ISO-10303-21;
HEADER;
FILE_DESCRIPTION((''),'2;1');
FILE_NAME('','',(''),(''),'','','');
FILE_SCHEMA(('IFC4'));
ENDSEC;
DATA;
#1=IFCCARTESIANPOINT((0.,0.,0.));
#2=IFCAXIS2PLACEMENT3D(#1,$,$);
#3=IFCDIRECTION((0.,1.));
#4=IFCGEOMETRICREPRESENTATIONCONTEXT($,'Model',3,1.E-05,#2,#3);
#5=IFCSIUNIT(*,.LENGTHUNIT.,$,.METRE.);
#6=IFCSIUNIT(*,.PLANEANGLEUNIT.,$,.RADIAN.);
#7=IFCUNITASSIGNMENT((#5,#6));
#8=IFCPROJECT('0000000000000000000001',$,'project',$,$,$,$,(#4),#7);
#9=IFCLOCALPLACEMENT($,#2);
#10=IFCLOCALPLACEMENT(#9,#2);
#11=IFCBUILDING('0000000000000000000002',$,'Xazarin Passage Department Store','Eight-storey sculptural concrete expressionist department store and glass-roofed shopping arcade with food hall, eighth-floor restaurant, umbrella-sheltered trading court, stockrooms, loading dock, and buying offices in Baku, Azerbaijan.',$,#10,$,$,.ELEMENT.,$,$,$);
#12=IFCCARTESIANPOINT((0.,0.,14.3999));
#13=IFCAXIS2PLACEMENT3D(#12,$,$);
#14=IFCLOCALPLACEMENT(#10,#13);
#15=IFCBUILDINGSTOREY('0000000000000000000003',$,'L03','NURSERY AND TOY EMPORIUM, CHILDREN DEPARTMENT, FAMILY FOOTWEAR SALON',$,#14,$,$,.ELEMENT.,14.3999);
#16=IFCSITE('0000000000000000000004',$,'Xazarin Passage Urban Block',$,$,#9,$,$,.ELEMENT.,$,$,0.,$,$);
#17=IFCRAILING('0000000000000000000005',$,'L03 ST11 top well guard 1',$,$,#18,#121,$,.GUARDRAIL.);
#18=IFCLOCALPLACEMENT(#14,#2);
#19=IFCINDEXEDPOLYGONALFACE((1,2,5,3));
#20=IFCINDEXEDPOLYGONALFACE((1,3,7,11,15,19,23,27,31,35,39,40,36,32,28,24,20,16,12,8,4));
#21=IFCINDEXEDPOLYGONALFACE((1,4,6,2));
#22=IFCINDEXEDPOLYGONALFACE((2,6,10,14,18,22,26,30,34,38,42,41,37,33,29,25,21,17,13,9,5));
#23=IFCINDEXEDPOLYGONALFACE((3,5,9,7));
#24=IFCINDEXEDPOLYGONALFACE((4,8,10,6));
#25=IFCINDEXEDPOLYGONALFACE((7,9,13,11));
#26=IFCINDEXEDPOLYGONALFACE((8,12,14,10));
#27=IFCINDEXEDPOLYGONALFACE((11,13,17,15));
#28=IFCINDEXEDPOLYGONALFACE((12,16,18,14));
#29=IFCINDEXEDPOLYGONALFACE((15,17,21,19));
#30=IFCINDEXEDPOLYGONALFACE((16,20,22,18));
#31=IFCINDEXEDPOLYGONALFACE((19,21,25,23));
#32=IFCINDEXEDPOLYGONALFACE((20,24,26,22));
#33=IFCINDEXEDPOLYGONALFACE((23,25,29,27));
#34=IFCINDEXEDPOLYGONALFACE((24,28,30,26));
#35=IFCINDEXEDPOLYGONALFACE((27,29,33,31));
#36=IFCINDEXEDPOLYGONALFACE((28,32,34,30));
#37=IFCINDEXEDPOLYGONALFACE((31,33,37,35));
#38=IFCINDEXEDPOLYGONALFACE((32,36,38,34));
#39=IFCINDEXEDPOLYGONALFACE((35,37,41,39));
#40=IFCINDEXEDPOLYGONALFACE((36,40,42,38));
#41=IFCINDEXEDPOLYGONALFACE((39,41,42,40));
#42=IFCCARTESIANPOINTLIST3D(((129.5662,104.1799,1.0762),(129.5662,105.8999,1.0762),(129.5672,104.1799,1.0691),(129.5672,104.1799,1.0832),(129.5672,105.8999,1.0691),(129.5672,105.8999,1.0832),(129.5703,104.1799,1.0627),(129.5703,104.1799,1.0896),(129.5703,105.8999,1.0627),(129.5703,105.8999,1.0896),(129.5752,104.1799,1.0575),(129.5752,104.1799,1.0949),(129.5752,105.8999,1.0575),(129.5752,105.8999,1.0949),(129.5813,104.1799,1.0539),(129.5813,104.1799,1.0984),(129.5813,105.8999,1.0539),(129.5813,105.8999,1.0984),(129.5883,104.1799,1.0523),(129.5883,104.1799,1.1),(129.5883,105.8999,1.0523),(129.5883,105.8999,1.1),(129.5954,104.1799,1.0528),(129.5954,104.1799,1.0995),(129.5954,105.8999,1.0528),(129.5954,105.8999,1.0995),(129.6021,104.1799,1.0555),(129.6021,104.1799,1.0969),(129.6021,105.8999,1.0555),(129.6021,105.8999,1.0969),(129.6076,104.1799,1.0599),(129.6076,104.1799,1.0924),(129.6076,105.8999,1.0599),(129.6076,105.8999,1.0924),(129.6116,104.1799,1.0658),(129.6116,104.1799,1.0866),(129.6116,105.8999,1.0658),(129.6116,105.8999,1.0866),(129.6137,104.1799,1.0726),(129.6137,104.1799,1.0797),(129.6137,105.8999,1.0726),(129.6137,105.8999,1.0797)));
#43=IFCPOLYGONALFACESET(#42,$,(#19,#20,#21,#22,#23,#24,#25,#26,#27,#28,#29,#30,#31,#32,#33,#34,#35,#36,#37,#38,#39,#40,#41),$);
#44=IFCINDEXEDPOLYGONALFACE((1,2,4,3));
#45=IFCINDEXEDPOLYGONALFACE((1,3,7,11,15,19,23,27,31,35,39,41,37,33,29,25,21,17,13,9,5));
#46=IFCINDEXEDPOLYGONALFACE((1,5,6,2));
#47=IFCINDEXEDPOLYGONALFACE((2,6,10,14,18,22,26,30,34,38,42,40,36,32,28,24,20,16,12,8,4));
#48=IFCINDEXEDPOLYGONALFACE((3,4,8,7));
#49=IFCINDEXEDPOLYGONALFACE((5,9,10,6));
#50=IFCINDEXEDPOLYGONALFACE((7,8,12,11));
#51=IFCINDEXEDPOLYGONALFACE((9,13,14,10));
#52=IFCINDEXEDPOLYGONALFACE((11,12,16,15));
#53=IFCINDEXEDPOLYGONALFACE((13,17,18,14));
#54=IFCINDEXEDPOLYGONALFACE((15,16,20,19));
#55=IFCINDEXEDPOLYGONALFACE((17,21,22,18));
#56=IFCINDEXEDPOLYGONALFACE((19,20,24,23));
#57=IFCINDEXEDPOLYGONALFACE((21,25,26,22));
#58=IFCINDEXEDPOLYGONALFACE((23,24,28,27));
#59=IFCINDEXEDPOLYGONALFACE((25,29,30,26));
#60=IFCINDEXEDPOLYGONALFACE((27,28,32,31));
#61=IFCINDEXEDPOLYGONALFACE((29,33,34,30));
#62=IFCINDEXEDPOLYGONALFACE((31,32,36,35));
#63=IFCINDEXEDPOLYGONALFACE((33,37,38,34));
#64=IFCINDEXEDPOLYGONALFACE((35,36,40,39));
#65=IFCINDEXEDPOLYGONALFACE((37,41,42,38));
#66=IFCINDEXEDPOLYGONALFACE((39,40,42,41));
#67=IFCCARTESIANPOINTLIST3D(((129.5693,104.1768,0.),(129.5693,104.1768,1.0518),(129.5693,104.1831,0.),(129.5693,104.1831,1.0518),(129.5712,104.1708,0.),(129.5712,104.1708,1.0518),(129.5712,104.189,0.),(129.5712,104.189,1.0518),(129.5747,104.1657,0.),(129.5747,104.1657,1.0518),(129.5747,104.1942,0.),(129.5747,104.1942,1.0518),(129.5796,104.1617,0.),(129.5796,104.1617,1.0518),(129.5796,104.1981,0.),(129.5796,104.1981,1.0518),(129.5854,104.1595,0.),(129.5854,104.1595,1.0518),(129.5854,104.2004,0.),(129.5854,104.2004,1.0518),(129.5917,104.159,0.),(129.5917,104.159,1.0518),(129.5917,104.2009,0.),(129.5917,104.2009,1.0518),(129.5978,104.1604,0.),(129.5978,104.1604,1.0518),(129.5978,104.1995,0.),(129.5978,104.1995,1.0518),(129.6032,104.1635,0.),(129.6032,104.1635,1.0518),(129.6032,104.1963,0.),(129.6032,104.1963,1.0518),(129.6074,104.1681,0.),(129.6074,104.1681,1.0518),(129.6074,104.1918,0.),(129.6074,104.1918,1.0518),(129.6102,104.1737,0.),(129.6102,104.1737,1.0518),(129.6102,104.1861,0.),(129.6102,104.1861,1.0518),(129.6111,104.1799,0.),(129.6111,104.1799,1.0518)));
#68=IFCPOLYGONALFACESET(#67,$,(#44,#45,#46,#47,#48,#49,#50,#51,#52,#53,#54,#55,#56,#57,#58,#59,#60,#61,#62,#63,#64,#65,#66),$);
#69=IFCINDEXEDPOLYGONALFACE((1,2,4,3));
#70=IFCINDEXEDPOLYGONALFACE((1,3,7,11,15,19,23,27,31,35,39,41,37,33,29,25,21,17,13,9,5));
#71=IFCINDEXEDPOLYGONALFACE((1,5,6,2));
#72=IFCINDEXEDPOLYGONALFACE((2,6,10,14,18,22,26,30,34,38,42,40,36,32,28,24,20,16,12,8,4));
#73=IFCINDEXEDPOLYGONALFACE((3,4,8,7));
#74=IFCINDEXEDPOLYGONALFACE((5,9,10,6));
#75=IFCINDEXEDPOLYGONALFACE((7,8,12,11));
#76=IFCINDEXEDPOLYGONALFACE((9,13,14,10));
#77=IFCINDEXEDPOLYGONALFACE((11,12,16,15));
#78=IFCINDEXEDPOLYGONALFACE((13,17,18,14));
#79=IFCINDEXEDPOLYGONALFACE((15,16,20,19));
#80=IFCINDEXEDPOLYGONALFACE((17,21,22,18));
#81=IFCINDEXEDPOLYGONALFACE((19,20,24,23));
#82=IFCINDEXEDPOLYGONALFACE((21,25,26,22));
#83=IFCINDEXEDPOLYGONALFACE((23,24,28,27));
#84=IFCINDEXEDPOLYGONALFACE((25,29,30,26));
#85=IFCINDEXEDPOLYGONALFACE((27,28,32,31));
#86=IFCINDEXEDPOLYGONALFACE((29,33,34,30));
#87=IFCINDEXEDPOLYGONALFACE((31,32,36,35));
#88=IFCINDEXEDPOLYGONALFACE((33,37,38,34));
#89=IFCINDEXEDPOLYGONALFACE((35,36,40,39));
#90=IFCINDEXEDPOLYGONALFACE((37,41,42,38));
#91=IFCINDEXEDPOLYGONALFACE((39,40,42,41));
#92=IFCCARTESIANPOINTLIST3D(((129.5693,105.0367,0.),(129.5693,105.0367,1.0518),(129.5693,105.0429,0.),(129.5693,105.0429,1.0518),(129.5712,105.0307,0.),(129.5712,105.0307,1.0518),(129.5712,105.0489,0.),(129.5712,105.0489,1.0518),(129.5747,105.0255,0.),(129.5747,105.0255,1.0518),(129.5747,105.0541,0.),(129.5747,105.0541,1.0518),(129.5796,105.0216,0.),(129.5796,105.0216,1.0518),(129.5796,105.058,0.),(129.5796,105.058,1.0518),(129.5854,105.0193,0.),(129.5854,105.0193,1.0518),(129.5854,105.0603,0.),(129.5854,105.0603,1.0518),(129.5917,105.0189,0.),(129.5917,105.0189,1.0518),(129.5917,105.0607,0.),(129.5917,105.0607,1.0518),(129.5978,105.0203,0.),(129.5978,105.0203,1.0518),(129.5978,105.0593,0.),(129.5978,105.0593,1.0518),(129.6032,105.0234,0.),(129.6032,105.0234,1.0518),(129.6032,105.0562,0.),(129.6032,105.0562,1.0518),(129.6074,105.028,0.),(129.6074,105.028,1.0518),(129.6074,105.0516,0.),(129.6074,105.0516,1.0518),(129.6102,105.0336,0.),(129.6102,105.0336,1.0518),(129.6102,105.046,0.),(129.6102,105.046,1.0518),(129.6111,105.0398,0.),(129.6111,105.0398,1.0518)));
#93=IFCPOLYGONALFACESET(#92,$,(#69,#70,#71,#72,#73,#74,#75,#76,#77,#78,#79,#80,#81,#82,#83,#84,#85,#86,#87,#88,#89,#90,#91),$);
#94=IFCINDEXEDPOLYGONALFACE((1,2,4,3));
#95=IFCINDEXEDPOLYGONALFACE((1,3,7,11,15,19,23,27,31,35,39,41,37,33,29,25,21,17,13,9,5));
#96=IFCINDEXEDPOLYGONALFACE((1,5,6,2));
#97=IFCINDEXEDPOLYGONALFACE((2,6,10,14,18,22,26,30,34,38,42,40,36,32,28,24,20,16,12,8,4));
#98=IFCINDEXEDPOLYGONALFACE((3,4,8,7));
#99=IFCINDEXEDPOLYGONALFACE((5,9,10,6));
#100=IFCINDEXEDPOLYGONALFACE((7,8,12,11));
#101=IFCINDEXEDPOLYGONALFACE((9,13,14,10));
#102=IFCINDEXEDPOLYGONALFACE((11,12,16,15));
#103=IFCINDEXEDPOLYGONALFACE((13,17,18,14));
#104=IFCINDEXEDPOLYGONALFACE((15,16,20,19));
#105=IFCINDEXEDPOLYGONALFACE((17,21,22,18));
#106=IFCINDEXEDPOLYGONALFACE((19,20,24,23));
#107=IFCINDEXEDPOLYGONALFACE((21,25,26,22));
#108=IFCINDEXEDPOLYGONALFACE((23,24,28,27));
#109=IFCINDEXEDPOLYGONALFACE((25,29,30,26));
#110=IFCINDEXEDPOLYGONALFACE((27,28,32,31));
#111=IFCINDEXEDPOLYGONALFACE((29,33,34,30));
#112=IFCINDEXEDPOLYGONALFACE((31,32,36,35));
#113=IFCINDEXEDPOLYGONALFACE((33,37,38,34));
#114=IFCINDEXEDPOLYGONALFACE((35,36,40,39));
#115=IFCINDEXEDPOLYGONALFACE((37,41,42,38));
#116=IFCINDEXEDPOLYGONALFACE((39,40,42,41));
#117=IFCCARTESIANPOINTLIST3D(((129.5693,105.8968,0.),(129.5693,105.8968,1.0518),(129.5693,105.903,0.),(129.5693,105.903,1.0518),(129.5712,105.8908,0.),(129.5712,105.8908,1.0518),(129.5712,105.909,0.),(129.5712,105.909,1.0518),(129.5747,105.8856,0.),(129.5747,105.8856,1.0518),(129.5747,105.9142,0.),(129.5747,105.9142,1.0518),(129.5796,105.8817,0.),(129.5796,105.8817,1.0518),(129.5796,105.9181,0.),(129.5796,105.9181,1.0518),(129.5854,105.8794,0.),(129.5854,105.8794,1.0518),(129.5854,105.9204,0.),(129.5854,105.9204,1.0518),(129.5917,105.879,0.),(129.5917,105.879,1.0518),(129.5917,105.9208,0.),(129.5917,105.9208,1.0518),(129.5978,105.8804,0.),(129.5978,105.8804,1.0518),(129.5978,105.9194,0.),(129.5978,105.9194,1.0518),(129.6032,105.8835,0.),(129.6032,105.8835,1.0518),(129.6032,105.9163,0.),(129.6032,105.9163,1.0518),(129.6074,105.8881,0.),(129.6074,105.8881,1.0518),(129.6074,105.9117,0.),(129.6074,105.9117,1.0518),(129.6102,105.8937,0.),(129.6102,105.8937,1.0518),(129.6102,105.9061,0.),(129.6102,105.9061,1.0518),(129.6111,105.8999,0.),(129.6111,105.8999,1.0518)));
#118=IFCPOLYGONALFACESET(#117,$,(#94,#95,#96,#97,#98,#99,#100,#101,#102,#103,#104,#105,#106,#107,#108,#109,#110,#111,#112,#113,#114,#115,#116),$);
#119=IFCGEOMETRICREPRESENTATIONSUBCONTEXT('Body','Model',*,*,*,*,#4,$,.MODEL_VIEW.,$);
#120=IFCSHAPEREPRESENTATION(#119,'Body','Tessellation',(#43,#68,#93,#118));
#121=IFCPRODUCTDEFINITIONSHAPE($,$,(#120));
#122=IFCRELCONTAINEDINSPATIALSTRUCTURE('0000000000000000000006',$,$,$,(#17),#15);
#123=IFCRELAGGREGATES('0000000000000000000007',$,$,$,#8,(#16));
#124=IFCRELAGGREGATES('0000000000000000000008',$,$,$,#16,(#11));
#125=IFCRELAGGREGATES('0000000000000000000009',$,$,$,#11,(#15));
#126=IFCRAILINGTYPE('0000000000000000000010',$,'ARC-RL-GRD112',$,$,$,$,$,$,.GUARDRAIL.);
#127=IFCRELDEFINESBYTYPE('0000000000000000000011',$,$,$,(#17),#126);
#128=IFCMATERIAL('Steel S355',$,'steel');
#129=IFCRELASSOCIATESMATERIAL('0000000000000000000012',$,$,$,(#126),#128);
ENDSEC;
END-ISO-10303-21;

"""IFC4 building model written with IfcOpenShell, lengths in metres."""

from ifc_helpers import new_model, si_unit, direction, frame, origin, origin_2d, place, context, subcontext, project, spatial, circle, extrude, material, type_object, element, save


model = new_model("IFC4")

# Units and contexts
model_context = context("Model", 3, precision=1e-05, world=origin(), true_north=direction((0.0, 1.0)))
body_context = subcontext(model_context, "Body", "Model", "MODEL_VIEW")
ifc_project = project(units=[si_unit("LENGTHUNIT", "METRE"), si_unit("PLANEANGLEUNIT", "RADIAN")], contexts=[model_context])

# Site, building, storey
site_placement = place(None, origin())
site = spatial("IfcSite", under=ifc_project, at=site_placement, Name="Xazarin Passage Urban Block", CompositionType="ELEMENT", RefElevation=0.0)
building_placement = place(site_placement, origin())
building = spatial("IfcBuilding", under=site, at=building_placement, Name="Xazarin Passage Department Store", Description="Eight-storey sculptural concrete expressionist department store and glass-roofed shopping arcade with food hall, eighth-floor restaurant, umbrella-sheltered trading court, stockrooms, loading dock, and buying offices in Baku, Azerbaijan.", CompositionType="ELEMENT")
storey_placement = place(building_placement, frame((0.0, 0.0, 14.3999)))
storey = spatial("IfcBuildingStorey", under=building, at=storey_placement, Name="L03", Description="NURSERY AND TOY EMPORIUM, CHILDREN DEPARTMENT, FAMILY FOOTWEAR SALON", CompositionType="ELEMENT", Elevation=14.3999)

# Shared definitions
ifc_material_1 = material(Name="Steel S355", Category="steel")

# Railing
railing_type = type_object("IfcRailingType", Name="ARC-RL-GRD112", PredefinedType="GUARDRAIL", material=ifc_material_1)
railing_placement = place(storey_placement, frame((129.5901, 104.1799, 0.0)))
element("IfcRailing", 1, at=railing_placement, inside=storey, type_object=railing_type, Name="L03 ST11 top well guard 1", PredefinedType="GUARDRAIL", context=body_context, shape_type="SweptSolid", body=[
    extrude(circle(Radius=0.0239, at=origin_2d()), frame((0.0, 0.0, 1.0762), z_axis=(0.0, 1.0, 0.0), x_axis=(-1.0, 0.0, 0.0)), (0.0, 0.0, 1.0), 1.72),
    extrude(circle(Radius=0.021, at=origin_2d()), origin(), (0.0, 0.0, 1.0), 1.0518),
    extrude(circle(Radius=0.021, at=origin_2d()), frame((0.0, 0.8599, 0.0)), (0.0, 0.0, 1.0), 1.0518),
    extrude(circle(Radius=0.021, at=origin_2d()), frame((0.0, 1.72, 0.0)), (0.0, 0.0, 1.0), 1.0518),
])

save(model, "model.ifc")
